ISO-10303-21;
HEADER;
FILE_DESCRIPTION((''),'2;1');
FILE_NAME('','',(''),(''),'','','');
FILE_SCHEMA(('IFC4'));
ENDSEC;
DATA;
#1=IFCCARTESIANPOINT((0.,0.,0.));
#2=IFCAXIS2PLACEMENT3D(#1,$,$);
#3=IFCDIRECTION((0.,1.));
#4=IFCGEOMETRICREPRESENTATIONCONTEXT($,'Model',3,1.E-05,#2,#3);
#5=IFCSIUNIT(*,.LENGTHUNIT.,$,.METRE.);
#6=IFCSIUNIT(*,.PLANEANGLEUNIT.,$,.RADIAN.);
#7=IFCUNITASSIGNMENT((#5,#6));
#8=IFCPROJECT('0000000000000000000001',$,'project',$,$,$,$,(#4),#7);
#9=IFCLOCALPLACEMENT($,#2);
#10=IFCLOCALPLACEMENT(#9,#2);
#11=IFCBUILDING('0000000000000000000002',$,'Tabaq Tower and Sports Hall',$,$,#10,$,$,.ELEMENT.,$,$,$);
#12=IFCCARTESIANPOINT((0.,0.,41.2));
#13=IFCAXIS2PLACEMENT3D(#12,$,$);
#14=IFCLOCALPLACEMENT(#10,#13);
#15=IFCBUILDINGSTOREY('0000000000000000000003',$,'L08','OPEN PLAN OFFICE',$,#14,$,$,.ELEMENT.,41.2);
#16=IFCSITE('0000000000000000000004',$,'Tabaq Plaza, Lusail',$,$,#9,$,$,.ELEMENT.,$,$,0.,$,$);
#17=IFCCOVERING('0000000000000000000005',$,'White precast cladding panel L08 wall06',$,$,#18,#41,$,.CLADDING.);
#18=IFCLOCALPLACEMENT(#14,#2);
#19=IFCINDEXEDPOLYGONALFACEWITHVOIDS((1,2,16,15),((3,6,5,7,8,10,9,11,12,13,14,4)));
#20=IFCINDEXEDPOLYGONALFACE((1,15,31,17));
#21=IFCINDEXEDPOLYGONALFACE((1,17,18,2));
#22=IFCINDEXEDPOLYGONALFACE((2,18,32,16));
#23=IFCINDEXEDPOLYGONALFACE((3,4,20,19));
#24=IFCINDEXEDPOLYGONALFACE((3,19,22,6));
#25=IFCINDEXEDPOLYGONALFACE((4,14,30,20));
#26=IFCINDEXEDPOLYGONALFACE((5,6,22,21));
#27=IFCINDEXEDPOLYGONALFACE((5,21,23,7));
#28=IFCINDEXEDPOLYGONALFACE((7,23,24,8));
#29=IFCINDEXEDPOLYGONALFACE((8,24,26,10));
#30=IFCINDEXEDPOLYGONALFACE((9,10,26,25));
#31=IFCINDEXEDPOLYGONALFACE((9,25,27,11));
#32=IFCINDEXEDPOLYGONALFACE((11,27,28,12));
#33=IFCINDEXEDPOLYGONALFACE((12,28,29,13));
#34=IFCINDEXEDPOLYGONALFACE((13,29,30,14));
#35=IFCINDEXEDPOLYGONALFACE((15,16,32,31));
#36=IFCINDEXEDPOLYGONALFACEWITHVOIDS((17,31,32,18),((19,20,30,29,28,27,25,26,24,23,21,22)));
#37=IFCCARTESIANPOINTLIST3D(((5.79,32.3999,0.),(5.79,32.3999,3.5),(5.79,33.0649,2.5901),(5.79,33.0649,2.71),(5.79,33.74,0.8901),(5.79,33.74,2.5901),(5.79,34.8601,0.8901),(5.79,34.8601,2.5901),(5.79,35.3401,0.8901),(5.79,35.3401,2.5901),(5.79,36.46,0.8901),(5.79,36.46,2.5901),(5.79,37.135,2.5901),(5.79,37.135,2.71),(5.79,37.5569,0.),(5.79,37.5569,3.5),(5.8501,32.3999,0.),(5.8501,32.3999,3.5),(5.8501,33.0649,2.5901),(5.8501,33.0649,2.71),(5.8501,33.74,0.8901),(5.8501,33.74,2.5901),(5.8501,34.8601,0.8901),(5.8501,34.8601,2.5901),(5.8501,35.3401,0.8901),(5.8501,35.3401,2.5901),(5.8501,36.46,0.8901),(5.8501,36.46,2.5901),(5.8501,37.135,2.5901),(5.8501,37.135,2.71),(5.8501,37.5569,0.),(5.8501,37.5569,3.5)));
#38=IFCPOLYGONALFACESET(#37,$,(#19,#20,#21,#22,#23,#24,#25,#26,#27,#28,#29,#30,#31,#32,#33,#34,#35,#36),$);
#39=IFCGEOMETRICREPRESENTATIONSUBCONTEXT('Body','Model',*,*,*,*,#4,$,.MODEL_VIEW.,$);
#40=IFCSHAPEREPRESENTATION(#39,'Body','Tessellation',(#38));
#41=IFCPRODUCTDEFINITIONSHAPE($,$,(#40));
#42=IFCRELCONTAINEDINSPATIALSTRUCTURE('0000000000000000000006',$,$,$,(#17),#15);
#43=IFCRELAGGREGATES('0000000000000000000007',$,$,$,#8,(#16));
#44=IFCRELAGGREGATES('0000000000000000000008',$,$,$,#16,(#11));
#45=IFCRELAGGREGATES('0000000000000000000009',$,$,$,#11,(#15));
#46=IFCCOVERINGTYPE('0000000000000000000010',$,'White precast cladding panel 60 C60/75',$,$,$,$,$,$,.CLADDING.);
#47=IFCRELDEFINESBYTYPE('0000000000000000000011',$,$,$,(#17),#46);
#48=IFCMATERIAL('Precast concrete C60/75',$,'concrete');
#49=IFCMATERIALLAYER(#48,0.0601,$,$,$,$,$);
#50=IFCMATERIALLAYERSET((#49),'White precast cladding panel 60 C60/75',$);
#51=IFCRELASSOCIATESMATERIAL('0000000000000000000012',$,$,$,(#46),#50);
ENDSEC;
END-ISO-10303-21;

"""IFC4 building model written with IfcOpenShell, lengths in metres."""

from ifc_helpers import new_model, si_unit, direction, frame, origin, place, context, subcontext, project, spatial, polyline, outline, extrude, material, layer, layer_set, type_object, element, save


model = new_model("IFC4")

# Units and contexts
model_context = context("Model", 3, precision=1e-05, world=origin(), true_north=direction((0.0, 1.0)))
body_context = subcontext(model_context, "Body", "Model", "MODEL_VIEW")
ifc_project = project(units=[si_unit("LENGTHUNIT", "METRE"), si_unit("PLANEANGLEUNIT", "RADIAN")], contexts=[model_context])

# Site, building, storey
site_placement = place(None, origin())
site = spatial("IfcSite", under=ifc_project, at=site_placement, Name="Tabaq Plaza, Lusail", CompositionType="ELEMENT", RefElevation=0.0)
building_placement = place(site_placement, origin())
building = spatial("IfcBuilding", under=site, at=building_placement, Name="Tabaq Tower and Sports Hall", CompositionType="ELEMENT")
storey_placement = place(building_placement, frame((0.0, 0.0, 41.2)))
storey = spatial("IfcBuildingStorey", under=building, at=storey_placement, Name="L08", Description="OPEN PLAN OFFICE", CompositionType="ELEMENT", Elevation=41.2)

# Covering
ifc_material_1 = material(Name="Precast concrete C60/75", Category="concrete")
ifc_layer_1 = layer(ifc_material_1, 0.0601)
ifc_layer_set_1 = layer_set([ifc_layer_1], Name="White precast cladding panel 60 C60/75")
covering_type = type_object("IfcCoveringType", Name="White precast cladding panel 60 C60/75", PredefinedType="CLADDING", material=ifc_layer_set_1)
covering_1_placement = place(storey_placement, frame((5.8201, 37.5569, 0.0), z_axis=(0.0, 0.0, 1.0), x_axis=(0.0, -1.0, 0.0)))
element("IfcCovering", 1, at=covering_1_placement, inside=storey, type_object=covering_type, Name="White precast cladding panel L08 wall06", PredefinedType="CLADDING", context=body_context, shape_type="SweptSolid", body=[
    extrude(outline(polyline([(0.0, 0.0), (5.157, 0.0), (5.157, 3.5), (0.0, 3.5), (0.0, 0.0)]), holes=[polyline([(1.0969, 2.5901), (0.4219, 2.5901), (0.4219, 2.71), (4.4919, 2.71), (4.4919, 2.5901), (3.8169, 2.5901), (3.8169, 0.8901), (2.6968, 0.8901), (2.6968, 2.5901), (2.2168, 2.5901), (2.2168, 0.8901), (1.0969, 0.8901), (1.0969, 2.5901)])]), frame((0.0, 0.03, 0.0), z_axis=(0.0, -1.0, 0.0), x_axis=(1.0, 0.0, 0.0)), (0.0, 0.0, 1.0), 0.0601),
])

save(model, "model.ifc")
